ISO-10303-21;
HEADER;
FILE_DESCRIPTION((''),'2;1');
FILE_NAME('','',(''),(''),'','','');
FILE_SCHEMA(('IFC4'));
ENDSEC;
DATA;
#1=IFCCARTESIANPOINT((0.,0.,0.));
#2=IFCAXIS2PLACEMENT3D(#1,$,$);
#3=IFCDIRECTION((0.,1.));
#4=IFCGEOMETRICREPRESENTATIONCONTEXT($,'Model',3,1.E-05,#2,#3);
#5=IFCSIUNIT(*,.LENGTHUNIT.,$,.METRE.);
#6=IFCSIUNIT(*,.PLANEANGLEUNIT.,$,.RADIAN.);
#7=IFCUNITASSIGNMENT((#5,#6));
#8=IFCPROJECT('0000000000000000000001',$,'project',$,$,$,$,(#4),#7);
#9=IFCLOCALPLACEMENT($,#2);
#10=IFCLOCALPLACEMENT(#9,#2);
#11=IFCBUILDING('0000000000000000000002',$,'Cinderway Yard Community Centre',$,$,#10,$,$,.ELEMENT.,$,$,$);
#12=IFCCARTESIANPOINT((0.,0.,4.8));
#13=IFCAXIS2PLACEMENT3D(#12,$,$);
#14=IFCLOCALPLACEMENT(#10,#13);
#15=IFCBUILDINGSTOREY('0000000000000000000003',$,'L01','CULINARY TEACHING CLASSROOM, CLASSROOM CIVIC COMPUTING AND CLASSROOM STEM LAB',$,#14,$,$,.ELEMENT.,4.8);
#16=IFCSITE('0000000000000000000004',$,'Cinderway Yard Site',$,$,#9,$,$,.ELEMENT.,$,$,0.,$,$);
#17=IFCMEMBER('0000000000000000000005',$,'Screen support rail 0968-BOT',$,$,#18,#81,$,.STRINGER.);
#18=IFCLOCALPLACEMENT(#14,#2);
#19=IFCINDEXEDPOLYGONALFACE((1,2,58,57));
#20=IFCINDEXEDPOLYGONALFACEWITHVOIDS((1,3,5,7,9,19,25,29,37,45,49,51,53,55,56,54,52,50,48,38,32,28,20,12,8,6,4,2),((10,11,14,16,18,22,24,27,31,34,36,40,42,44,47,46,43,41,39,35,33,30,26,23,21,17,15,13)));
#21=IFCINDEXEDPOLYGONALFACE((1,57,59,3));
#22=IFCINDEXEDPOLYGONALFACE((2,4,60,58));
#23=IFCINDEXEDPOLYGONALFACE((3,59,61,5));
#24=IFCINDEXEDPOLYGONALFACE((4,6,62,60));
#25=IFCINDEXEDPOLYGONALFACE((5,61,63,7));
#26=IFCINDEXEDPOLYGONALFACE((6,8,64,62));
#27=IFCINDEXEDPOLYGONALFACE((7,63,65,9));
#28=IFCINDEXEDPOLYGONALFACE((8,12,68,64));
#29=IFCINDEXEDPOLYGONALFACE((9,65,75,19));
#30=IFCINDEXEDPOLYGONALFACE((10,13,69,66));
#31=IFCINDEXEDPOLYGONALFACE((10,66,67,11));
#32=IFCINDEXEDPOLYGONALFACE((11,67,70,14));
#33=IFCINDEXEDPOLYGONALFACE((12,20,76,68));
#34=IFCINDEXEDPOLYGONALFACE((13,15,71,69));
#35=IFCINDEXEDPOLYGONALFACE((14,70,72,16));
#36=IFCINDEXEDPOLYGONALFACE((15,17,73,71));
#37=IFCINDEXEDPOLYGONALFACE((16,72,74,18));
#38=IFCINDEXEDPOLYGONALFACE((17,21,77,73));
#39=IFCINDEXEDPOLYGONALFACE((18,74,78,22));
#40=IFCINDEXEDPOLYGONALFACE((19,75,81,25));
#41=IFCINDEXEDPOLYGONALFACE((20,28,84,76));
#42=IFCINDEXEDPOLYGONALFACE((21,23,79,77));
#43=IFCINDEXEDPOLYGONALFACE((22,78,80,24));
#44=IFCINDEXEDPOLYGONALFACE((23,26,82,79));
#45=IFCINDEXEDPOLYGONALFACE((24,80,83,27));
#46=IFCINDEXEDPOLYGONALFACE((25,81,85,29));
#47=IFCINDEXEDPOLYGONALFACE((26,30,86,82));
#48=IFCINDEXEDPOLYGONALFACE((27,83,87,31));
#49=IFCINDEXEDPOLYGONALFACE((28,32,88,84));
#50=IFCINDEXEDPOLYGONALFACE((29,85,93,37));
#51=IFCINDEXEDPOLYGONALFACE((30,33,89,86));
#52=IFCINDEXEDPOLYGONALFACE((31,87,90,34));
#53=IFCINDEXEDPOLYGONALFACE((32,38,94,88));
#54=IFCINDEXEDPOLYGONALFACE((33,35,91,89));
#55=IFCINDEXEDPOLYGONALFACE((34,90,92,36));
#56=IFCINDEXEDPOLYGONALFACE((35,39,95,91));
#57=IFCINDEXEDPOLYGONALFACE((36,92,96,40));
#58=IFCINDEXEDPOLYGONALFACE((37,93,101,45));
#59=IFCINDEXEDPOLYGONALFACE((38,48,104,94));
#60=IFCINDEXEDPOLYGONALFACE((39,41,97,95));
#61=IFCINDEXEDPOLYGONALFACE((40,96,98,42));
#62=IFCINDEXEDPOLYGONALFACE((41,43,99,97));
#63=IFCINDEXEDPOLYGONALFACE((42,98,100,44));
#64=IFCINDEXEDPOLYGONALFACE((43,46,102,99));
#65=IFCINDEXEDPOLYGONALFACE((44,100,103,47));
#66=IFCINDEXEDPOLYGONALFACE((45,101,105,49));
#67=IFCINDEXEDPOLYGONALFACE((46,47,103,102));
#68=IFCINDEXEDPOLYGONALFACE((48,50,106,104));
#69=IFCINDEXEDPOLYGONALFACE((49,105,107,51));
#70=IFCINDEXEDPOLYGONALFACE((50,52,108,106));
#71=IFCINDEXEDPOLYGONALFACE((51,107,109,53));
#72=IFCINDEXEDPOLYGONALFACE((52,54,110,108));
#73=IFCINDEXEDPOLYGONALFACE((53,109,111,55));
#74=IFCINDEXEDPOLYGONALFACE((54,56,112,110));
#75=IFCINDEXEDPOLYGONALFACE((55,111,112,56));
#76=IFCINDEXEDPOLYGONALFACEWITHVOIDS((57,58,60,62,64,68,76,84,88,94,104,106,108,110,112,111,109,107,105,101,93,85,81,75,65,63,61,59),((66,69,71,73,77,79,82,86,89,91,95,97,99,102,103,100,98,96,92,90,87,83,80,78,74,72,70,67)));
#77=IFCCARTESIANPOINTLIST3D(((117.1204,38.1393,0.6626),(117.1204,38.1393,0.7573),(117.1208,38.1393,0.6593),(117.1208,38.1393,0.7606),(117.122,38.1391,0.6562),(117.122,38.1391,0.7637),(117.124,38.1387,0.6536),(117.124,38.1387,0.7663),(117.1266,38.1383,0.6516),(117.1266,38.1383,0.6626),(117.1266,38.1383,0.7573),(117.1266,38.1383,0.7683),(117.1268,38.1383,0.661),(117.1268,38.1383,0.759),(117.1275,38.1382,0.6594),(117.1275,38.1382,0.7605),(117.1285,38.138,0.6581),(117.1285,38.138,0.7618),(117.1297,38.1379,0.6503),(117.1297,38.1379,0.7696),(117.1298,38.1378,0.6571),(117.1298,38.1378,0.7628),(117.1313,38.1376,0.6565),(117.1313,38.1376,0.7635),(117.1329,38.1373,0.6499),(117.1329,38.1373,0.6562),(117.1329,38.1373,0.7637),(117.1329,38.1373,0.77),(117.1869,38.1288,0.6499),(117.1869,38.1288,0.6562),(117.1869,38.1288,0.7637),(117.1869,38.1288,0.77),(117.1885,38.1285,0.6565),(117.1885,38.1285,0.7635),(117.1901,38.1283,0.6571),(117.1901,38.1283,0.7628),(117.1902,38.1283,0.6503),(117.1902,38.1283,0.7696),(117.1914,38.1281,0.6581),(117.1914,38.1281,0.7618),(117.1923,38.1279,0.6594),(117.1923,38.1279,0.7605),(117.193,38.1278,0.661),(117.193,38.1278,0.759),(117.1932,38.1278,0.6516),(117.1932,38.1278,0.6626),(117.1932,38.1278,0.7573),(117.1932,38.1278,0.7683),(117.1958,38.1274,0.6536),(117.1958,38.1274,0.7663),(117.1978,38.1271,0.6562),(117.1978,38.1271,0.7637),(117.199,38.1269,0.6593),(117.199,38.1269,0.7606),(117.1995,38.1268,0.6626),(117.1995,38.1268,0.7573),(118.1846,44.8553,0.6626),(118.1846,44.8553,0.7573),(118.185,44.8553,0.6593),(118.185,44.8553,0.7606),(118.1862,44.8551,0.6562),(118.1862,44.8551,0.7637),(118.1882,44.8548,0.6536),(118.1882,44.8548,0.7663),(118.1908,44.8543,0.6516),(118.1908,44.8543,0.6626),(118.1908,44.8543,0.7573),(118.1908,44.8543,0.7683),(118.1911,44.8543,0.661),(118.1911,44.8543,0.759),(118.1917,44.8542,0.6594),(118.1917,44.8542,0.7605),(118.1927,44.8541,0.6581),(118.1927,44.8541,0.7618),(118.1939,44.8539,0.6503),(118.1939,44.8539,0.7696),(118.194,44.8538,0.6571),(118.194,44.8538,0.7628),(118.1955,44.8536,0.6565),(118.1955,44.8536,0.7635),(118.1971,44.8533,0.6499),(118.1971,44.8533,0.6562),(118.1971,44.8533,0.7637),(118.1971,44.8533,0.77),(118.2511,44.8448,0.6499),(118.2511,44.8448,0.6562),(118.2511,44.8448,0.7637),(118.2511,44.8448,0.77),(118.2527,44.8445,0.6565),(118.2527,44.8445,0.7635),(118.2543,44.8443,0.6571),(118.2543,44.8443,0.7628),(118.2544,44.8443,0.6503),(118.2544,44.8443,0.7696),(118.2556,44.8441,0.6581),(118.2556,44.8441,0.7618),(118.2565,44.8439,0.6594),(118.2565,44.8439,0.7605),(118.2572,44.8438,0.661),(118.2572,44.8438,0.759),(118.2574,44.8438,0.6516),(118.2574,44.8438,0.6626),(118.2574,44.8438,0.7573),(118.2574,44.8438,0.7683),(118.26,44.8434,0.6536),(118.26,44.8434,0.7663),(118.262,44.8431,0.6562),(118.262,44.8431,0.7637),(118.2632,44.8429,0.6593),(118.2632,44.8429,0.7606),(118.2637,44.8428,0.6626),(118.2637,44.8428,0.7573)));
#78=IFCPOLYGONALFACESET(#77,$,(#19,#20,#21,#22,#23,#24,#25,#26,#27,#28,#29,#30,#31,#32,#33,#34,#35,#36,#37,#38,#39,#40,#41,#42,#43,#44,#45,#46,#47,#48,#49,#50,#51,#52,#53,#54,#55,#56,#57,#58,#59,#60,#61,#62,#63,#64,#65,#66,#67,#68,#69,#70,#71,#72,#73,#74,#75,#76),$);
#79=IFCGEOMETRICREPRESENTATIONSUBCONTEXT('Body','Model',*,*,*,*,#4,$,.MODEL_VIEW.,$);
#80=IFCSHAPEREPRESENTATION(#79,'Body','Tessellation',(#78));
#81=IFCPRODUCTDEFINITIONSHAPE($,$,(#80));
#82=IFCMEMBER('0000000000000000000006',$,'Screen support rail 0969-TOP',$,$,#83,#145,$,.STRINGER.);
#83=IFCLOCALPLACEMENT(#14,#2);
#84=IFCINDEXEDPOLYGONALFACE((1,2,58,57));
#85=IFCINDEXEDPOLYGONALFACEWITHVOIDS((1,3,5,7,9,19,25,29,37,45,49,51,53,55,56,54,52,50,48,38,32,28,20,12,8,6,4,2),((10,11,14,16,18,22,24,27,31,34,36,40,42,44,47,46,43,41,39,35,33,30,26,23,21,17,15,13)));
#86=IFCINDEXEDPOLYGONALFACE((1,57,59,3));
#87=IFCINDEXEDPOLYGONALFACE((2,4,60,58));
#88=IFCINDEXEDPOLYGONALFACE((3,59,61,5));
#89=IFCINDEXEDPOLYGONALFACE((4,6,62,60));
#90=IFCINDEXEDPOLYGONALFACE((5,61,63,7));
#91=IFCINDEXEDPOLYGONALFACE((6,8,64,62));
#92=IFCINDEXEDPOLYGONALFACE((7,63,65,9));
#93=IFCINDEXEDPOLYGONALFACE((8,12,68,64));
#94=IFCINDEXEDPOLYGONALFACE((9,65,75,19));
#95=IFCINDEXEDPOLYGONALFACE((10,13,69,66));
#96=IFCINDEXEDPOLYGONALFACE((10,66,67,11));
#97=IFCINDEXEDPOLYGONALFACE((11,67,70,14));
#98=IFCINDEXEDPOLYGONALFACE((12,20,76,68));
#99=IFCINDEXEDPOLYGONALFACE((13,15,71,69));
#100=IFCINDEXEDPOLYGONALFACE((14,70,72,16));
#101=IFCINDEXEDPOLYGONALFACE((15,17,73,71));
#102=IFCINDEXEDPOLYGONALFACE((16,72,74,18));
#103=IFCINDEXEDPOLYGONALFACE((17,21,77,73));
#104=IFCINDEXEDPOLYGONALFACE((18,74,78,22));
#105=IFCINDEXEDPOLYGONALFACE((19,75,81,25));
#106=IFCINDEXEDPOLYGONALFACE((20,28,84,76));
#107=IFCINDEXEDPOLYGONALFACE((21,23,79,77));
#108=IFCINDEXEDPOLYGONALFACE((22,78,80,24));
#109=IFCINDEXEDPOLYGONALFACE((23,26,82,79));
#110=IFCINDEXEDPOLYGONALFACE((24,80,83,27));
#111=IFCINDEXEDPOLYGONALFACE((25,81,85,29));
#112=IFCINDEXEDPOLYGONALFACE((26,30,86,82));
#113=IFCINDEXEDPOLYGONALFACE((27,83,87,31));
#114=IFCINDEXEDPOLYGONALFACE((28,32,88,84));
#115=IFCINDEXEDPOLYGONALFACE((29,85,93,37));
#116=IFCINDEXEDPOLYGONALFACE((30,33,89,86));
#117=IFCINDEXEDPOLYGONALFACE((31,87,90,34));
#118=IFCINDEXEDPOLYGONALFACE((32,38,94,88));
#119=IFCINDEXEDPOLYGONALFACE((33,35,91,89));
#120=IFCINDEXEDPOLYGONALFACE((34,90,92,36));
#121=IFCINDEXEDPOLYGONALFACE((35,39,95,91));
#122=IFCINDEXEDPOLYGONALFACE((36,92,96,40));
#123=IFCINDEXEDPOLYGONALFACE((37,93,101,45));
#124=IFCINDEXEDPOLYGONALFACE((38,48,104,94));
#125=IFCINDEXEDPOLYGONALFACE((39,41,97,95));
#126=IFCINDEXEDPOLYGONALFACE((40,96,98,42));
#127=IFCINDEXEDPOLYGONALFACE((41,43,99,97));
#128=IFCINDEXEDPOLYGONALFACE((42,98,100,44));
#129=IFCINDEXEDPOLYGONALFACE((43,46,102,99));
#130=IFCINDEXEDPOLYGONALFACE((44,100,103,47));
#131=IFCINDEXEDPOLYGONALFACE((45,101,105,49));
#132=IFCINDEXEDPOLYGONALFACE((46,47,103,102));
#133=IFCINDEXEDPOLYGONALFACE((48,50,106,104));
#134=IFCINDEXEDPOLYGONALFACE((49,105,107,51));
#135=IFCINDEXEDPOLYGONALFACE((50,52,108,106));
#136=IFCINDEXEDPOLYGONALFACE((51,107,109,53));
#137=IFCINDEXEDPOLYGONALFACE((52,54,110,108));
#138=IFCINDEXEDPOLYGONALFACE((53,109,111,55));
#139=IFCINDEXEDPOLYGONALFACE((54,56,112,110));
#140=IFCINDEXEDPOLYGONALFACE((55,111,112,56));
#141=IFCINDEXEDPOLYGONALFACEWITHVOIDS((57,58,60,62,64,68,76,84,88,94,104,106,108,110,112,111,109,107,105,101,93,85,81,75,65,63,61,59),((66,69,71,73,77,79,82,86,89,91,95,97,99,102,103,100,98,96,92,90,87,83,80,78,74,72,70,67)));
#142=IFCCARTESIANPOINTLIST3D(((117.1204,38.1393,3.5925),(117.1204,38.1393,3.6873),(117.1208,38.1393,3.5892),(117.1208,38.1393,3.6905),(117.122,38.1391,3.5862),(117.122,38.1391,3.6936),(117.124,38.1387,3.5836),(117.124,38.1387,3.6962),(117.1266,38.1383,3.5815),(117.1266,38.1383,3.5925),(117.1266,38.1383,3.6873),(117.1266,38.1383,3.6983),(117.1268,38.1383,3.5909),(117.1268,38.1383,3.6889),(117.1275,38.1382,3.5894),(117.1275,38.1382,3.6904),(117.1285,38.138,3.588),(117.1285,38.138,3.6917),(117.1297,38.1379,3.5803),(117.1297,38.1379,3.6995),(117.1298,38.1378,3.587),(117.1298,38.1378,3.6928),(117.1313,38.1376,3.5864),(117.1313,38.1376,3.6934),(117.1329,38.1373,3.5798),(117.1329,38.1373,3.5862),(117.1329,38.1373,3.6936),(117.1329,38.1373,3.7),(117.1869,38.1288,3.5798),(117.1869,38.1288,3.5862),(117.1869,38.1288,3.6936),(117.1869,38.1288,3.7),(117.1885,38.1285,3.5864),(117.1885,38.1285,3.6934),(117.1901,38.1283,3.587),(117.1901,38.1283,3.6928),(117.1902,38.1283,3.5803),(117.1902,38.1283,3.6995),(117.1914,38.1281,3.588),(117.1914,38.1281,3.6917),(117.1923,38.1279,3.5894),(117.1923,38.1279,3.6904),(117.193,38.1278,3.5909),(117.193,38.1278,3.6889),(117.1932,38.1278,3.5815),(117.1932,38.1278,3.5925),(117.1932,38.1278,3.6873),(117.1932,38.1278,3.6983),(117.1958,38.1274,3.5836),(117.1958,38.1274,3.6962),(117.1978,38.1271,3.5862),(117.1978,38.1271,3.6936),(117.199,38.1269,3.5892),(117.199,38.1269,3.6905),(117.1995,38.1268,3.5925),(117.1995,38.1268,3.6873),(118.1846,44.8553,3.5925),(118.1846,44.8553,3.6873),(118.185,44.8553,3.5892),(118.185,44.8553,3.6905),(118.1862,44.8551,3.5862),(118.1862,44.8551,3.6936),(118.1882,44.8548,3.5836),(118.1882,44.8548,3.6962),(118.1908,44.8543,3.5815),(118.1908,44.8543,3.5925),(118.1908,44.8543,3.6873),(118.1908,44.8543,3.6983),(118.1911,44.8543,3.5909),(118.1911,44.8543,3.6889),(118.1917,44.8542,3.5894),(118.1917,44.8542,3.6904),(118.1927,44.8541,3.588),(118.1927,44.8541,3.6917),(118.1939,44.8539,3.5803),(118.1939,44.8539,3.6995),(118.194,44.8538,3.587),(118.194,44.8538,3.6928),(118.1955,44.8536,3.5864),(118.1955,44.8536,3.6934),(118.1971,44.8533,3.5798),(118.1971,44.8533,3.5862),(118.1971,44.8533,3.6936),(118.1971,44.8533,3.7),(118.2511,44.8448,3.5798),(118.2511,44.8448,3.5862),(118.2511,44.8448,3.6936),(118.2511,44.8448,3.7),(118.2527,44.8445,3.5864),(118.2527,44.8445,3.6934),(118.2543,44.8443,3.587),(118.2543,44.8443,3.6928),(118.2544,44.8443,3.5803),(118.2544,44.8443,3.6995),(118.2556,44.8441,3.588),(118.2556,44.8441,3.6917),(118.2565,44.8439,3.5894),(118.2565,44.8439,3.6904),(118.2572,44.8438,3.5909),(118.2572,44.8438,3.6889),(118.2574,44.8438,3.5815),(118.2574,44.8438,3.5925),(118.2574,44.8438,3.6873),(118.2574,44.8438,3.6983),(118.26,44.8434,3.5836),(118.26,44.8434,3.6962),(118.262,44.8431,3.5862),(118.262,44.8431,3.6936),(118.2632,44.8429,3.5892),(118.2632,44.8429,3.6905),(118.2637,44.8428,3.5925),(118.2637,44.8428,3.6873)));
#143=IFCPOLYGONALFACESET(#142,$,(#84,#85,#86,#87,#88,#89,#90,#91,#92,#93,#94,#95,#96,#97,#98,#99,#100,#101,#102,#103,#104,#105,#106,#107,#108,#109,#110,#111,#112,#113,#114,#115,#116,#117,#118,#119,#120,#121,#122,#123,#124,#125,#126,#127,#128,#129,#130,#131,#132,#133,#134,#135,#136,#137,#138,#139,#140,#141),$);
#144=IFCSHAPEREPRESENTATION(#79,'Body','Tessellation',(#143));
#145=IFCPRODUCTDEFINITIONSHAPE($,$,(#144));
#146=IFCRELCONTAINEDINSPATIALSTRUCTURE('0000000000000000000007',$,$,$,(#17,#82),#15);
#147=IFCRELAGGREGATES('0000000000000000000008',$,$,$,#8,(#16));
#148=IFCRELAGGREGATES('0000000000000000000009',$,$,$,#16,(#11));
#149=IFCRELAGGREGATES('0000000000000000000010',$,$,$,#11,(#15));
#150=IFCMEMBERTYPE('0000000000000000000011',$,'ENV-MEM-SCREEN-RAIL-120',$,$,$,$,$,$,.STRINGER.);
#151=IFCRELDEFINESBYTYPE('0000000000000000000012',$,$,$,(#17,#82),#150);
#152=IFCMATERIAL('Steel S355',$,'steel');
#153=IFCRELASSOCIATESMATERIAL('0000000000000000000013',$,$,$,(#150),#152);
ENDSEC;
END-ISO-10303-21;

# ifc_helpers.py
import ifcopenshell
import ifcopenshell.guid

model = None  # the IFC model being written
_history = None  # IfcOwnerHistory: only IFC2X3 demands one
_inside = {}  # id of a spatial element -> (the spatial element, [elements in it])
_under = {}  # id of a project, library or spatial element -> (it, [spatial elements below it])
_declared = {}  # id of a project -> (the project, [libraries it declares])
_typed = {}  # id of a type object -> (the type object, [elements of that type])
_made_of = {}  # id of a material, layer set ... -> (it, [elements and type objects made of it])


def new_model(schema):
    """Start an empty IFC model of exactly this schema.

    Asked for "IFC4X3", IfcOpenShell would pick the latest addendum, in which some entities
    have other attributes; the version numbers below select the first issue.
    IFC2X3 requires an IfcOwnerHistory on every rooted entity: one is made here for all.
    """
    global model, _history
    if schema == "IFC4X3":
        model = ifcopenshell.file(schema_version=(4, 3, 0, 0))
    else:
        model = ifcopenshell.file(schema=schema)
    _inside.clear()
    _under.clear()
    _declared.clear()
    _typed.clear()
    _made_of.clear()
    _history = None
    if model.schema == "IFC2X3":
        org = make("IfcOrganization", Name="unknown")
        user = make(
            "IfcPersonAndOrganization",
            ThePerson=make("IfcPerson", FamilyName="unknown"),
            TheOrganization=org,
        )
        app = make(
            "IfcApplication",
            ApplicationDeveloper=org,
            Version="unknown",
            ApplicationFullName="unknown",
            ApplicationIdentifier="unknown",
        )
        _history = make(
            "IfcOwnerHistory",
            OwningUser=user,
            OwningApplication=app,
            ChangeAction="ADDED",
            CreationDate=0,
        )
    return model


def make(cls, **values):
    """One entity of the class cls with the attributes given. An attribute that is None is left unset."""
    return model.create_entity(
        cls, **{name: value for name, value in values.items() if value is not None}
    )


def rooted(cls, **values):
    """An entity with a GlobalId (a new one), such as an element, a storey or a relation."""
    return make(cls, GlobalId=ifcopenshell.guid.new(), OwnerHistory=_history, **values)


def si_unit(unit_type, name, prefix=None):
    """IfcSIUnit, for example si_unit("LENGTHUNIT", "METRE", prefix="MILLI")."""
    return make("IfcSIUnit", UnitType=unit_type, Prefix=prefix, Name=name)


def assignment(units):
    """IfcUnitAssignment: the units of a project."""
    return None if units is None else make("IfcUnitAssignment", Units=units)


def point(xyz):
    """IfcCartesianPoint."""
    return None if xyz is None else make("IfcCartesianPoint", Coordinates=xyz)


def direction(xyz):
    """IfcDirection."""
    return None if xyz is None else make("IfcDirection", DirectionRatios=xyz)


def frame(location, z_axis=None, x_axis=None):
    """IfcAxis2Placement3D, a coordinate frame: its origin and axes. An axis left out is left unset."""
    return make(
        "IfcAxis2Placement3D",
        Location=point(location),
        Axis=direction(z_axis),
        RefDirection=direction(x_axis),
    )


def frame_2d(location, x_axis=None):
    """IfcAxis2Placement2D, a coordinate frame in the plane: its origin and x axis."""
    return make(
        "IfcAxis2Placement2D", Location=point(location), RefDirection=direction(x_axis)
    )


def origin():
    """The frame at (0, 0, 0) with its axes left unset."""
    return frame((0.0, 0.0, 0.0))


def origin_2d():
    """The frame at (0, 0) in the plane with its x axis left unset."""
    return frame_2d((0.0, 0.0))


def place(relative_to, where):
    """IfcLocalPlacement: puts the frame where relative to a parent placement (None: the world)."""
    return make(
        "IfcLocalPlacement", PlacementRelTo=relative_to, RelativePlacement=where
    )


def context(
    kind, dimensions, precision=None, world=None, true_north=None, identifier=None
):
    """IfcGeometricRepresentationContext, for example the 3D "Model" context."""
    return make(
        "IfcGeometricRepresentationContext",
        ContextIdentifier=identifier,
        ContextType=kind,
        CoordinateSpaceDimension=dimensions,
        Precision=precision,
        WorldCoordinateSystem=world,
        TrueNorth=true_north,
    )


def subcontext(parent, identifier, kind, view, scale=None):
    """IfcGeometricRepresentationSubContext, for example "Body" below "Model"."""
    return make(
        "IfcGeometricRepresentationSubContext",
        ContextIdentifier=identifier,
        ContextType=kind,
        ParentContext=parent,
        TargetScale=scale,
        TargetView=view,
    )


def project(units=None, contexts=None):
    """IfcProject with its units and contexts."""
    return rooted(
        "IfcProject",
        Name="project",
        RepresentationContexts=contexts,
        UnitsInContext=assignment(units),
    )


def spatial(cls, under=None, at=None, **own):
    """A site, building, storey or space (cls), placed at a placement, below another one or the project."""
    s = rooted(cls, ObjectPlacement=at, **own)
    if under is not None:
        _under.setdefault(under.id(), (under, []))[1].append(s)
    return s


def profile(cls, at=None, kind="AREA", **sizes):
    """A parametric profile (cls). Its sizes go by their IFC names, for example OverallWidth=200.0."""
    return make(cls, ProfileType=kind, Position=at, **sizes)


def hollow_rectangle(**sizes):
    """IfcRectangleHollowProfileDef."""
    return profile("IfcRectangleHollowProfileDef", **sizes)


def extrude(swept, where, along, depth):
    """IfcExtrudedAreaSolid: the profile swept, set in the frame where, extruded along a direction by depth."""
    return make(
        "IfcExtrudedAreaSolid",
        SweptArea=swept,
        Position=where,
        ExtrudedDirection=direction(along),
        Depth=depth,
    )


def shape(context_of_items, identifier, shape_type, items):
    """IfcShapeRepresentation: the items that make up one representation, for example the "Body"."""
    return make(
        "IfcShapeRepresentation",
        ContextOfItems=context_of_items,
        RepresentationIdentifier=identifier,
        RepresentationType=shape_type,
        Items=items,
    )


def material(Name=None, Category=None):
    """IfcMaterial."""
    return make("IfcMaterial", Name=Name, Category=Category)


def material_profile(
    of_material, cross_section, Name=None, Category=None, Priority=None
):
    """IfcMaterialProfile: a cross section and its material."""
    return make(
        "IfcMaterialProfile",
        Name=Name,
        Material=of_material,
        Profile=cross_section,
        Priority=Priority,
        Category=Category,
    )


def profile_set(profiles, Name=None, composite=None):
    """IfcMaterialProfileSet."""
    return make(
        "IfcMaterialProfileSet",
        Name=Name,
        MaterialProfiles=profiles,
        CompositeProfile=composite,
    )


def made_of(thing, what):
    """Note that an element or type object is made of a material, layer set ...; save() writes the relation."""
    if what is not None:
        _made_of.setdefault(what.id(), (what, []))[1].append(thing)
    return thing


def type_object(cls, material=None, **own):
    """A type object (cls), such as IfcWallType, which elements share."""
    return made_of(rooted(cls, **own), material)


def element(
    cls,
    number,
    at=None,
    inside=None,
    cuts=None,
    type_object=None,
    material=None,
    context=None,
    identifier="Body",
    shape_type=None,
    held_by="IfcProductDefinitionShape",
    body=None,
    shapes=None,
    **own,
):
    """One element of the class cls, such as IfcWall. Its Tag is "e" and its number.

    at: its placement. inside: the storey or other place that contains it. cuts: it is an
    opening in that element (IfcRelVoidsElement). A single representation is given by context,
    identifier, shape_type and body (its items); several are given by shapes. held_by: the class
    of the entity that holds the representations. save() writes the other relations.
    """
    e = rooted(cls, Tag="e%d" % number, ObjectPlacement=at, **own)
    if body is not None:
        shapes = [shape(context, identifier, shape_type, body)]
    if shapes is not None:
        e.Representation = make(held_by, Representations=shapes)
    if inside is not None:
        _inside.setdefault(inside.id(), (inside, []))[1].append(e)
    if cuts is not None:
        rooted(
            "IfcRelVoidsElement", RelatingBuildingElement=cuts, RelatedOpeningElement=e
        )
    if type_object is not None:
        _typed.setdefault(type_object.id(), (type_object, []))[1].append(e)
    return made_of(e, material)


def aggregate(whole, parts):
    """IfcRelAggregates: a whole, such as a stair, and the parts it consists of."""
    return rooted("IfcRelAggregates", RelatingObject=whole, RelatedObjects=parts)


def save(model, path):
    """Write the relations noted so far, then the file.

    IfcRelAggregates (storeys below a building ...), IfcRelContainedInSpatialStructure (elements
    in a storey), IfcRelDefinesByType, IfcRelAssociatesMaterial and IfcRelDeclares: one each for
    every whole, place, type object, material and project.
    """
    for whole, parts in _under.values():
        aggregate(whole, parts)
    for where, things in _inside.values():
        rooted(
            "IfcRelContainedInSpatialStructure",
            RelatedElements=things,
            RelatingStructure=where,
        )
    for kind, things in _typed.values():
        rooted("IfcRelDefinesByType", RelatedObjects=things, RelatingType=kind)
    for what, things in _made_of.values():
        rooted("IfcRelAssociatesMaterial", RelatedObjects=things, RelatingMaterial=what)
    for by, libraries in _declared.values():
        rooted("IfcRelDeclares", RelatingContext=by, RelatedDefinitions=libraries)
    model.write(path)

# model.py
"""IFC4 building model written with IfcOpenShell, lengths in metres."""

from ifc_helpers import new_model, si_unit, direction, frame, origin, origin_2d, place, context, subcontext, project, spatial, hollow_rectangle, extrude, material, material_profile, profile_set, type_object, element, save


model = new_model("IFC4")

# Units and contexts
model_context = context("Model", 3, precision=1e-05, world=origin(), true_north=direction((0.0, 1.0)))
body_context = subcontext(model_context, "Body", "Model", "MODEL_VIEW")
ifc_project = project(units=[si_unit("LENGTHUNIT", "METRE"), si_unit("PLANEANGLEUNIT", "RADIAN")], contexts=[model_context])

# Site, building, storey
site_placement = place(None, origin())
site = spatial("IfcSite", under=ifc_project, at=site_placement, Name="Cinderway Yard Site", CompositionType="ELEMENT", RefElevation=0.0)
building_placement = place(site_placement, origin())
building = spatial("IfcBuilding", under=site, at=building_placement, Name="Cinderway Yard Community Centre", CompositionType="ELEMENT")
storey_placement = place(building_placement, frame((0.0, 0.0, 4.8)))
storey = spatial("IfcBuildingStorey", under=building, at=storey_placement, Name="L01", Description="CULINARY TEACHING CLASSROOM, CLASSROOM CIVIC COMPUTING AND CLASSROOM STEM LAB", CompositionType="ELEMENT", Elevation=4.8)

# Members
ifc_material_1 = material(Name="Steel S355", Category="steel")
ifc_material_profile_1 = material_profile(ifc_material_1, hollow_rectangle(XDim=0.0801, YDim=0.1201, WallThickness=0.0063, InnerFilletRadius=0.0063, OuterFilletRadius=0.0127, at=origin_2d()), Name="Steel S355")
ifc_profile_set_1 = profile_set([ifc_material_profile_1], Name="Steel S355")
member_type_1 = type_object("IfcMemberType", Name="ENV-MEM-SCREEN-RAIL-120", PredefinedType="STRINGER", material=ifc_profile_set_1)
for number, where, z_axis, x_axis, name in (
    (1, (117.1599, 38.1331, 0.71), (0.156505, 0.987677, 0.0), (-0.987677, 0.156505, 0.0), "Screen support rail 0968-BOT"),
    (2, (117.1599, 38.1331, 3.6399), (0.156505, 0.987677, 0.0), (-0.987677, 0.156505, 0.0), "Screen support rail 0969-TOP"),
):
    element("IfcMember", number, at=place(storey_placement, frame(where, z_axis=z_axis, x_axis=x_axis)), inside=storey, type_object=member_type_1, Name=name, PredefinedType="STRINGER", context=body_context, shape_type="SweptSolid", body=[
        extrude(hollow_rectangle(XDim=0.0801, YDim=0.1201, WallThickness=0.0063, InnerFilletRadius=0.0063, OuterFilletRadius=0.0127, at=origin_2d()), origin(), (0.0, 0.0, 1.0), 6.7998),
    ])

save(model, "model.ifc")
